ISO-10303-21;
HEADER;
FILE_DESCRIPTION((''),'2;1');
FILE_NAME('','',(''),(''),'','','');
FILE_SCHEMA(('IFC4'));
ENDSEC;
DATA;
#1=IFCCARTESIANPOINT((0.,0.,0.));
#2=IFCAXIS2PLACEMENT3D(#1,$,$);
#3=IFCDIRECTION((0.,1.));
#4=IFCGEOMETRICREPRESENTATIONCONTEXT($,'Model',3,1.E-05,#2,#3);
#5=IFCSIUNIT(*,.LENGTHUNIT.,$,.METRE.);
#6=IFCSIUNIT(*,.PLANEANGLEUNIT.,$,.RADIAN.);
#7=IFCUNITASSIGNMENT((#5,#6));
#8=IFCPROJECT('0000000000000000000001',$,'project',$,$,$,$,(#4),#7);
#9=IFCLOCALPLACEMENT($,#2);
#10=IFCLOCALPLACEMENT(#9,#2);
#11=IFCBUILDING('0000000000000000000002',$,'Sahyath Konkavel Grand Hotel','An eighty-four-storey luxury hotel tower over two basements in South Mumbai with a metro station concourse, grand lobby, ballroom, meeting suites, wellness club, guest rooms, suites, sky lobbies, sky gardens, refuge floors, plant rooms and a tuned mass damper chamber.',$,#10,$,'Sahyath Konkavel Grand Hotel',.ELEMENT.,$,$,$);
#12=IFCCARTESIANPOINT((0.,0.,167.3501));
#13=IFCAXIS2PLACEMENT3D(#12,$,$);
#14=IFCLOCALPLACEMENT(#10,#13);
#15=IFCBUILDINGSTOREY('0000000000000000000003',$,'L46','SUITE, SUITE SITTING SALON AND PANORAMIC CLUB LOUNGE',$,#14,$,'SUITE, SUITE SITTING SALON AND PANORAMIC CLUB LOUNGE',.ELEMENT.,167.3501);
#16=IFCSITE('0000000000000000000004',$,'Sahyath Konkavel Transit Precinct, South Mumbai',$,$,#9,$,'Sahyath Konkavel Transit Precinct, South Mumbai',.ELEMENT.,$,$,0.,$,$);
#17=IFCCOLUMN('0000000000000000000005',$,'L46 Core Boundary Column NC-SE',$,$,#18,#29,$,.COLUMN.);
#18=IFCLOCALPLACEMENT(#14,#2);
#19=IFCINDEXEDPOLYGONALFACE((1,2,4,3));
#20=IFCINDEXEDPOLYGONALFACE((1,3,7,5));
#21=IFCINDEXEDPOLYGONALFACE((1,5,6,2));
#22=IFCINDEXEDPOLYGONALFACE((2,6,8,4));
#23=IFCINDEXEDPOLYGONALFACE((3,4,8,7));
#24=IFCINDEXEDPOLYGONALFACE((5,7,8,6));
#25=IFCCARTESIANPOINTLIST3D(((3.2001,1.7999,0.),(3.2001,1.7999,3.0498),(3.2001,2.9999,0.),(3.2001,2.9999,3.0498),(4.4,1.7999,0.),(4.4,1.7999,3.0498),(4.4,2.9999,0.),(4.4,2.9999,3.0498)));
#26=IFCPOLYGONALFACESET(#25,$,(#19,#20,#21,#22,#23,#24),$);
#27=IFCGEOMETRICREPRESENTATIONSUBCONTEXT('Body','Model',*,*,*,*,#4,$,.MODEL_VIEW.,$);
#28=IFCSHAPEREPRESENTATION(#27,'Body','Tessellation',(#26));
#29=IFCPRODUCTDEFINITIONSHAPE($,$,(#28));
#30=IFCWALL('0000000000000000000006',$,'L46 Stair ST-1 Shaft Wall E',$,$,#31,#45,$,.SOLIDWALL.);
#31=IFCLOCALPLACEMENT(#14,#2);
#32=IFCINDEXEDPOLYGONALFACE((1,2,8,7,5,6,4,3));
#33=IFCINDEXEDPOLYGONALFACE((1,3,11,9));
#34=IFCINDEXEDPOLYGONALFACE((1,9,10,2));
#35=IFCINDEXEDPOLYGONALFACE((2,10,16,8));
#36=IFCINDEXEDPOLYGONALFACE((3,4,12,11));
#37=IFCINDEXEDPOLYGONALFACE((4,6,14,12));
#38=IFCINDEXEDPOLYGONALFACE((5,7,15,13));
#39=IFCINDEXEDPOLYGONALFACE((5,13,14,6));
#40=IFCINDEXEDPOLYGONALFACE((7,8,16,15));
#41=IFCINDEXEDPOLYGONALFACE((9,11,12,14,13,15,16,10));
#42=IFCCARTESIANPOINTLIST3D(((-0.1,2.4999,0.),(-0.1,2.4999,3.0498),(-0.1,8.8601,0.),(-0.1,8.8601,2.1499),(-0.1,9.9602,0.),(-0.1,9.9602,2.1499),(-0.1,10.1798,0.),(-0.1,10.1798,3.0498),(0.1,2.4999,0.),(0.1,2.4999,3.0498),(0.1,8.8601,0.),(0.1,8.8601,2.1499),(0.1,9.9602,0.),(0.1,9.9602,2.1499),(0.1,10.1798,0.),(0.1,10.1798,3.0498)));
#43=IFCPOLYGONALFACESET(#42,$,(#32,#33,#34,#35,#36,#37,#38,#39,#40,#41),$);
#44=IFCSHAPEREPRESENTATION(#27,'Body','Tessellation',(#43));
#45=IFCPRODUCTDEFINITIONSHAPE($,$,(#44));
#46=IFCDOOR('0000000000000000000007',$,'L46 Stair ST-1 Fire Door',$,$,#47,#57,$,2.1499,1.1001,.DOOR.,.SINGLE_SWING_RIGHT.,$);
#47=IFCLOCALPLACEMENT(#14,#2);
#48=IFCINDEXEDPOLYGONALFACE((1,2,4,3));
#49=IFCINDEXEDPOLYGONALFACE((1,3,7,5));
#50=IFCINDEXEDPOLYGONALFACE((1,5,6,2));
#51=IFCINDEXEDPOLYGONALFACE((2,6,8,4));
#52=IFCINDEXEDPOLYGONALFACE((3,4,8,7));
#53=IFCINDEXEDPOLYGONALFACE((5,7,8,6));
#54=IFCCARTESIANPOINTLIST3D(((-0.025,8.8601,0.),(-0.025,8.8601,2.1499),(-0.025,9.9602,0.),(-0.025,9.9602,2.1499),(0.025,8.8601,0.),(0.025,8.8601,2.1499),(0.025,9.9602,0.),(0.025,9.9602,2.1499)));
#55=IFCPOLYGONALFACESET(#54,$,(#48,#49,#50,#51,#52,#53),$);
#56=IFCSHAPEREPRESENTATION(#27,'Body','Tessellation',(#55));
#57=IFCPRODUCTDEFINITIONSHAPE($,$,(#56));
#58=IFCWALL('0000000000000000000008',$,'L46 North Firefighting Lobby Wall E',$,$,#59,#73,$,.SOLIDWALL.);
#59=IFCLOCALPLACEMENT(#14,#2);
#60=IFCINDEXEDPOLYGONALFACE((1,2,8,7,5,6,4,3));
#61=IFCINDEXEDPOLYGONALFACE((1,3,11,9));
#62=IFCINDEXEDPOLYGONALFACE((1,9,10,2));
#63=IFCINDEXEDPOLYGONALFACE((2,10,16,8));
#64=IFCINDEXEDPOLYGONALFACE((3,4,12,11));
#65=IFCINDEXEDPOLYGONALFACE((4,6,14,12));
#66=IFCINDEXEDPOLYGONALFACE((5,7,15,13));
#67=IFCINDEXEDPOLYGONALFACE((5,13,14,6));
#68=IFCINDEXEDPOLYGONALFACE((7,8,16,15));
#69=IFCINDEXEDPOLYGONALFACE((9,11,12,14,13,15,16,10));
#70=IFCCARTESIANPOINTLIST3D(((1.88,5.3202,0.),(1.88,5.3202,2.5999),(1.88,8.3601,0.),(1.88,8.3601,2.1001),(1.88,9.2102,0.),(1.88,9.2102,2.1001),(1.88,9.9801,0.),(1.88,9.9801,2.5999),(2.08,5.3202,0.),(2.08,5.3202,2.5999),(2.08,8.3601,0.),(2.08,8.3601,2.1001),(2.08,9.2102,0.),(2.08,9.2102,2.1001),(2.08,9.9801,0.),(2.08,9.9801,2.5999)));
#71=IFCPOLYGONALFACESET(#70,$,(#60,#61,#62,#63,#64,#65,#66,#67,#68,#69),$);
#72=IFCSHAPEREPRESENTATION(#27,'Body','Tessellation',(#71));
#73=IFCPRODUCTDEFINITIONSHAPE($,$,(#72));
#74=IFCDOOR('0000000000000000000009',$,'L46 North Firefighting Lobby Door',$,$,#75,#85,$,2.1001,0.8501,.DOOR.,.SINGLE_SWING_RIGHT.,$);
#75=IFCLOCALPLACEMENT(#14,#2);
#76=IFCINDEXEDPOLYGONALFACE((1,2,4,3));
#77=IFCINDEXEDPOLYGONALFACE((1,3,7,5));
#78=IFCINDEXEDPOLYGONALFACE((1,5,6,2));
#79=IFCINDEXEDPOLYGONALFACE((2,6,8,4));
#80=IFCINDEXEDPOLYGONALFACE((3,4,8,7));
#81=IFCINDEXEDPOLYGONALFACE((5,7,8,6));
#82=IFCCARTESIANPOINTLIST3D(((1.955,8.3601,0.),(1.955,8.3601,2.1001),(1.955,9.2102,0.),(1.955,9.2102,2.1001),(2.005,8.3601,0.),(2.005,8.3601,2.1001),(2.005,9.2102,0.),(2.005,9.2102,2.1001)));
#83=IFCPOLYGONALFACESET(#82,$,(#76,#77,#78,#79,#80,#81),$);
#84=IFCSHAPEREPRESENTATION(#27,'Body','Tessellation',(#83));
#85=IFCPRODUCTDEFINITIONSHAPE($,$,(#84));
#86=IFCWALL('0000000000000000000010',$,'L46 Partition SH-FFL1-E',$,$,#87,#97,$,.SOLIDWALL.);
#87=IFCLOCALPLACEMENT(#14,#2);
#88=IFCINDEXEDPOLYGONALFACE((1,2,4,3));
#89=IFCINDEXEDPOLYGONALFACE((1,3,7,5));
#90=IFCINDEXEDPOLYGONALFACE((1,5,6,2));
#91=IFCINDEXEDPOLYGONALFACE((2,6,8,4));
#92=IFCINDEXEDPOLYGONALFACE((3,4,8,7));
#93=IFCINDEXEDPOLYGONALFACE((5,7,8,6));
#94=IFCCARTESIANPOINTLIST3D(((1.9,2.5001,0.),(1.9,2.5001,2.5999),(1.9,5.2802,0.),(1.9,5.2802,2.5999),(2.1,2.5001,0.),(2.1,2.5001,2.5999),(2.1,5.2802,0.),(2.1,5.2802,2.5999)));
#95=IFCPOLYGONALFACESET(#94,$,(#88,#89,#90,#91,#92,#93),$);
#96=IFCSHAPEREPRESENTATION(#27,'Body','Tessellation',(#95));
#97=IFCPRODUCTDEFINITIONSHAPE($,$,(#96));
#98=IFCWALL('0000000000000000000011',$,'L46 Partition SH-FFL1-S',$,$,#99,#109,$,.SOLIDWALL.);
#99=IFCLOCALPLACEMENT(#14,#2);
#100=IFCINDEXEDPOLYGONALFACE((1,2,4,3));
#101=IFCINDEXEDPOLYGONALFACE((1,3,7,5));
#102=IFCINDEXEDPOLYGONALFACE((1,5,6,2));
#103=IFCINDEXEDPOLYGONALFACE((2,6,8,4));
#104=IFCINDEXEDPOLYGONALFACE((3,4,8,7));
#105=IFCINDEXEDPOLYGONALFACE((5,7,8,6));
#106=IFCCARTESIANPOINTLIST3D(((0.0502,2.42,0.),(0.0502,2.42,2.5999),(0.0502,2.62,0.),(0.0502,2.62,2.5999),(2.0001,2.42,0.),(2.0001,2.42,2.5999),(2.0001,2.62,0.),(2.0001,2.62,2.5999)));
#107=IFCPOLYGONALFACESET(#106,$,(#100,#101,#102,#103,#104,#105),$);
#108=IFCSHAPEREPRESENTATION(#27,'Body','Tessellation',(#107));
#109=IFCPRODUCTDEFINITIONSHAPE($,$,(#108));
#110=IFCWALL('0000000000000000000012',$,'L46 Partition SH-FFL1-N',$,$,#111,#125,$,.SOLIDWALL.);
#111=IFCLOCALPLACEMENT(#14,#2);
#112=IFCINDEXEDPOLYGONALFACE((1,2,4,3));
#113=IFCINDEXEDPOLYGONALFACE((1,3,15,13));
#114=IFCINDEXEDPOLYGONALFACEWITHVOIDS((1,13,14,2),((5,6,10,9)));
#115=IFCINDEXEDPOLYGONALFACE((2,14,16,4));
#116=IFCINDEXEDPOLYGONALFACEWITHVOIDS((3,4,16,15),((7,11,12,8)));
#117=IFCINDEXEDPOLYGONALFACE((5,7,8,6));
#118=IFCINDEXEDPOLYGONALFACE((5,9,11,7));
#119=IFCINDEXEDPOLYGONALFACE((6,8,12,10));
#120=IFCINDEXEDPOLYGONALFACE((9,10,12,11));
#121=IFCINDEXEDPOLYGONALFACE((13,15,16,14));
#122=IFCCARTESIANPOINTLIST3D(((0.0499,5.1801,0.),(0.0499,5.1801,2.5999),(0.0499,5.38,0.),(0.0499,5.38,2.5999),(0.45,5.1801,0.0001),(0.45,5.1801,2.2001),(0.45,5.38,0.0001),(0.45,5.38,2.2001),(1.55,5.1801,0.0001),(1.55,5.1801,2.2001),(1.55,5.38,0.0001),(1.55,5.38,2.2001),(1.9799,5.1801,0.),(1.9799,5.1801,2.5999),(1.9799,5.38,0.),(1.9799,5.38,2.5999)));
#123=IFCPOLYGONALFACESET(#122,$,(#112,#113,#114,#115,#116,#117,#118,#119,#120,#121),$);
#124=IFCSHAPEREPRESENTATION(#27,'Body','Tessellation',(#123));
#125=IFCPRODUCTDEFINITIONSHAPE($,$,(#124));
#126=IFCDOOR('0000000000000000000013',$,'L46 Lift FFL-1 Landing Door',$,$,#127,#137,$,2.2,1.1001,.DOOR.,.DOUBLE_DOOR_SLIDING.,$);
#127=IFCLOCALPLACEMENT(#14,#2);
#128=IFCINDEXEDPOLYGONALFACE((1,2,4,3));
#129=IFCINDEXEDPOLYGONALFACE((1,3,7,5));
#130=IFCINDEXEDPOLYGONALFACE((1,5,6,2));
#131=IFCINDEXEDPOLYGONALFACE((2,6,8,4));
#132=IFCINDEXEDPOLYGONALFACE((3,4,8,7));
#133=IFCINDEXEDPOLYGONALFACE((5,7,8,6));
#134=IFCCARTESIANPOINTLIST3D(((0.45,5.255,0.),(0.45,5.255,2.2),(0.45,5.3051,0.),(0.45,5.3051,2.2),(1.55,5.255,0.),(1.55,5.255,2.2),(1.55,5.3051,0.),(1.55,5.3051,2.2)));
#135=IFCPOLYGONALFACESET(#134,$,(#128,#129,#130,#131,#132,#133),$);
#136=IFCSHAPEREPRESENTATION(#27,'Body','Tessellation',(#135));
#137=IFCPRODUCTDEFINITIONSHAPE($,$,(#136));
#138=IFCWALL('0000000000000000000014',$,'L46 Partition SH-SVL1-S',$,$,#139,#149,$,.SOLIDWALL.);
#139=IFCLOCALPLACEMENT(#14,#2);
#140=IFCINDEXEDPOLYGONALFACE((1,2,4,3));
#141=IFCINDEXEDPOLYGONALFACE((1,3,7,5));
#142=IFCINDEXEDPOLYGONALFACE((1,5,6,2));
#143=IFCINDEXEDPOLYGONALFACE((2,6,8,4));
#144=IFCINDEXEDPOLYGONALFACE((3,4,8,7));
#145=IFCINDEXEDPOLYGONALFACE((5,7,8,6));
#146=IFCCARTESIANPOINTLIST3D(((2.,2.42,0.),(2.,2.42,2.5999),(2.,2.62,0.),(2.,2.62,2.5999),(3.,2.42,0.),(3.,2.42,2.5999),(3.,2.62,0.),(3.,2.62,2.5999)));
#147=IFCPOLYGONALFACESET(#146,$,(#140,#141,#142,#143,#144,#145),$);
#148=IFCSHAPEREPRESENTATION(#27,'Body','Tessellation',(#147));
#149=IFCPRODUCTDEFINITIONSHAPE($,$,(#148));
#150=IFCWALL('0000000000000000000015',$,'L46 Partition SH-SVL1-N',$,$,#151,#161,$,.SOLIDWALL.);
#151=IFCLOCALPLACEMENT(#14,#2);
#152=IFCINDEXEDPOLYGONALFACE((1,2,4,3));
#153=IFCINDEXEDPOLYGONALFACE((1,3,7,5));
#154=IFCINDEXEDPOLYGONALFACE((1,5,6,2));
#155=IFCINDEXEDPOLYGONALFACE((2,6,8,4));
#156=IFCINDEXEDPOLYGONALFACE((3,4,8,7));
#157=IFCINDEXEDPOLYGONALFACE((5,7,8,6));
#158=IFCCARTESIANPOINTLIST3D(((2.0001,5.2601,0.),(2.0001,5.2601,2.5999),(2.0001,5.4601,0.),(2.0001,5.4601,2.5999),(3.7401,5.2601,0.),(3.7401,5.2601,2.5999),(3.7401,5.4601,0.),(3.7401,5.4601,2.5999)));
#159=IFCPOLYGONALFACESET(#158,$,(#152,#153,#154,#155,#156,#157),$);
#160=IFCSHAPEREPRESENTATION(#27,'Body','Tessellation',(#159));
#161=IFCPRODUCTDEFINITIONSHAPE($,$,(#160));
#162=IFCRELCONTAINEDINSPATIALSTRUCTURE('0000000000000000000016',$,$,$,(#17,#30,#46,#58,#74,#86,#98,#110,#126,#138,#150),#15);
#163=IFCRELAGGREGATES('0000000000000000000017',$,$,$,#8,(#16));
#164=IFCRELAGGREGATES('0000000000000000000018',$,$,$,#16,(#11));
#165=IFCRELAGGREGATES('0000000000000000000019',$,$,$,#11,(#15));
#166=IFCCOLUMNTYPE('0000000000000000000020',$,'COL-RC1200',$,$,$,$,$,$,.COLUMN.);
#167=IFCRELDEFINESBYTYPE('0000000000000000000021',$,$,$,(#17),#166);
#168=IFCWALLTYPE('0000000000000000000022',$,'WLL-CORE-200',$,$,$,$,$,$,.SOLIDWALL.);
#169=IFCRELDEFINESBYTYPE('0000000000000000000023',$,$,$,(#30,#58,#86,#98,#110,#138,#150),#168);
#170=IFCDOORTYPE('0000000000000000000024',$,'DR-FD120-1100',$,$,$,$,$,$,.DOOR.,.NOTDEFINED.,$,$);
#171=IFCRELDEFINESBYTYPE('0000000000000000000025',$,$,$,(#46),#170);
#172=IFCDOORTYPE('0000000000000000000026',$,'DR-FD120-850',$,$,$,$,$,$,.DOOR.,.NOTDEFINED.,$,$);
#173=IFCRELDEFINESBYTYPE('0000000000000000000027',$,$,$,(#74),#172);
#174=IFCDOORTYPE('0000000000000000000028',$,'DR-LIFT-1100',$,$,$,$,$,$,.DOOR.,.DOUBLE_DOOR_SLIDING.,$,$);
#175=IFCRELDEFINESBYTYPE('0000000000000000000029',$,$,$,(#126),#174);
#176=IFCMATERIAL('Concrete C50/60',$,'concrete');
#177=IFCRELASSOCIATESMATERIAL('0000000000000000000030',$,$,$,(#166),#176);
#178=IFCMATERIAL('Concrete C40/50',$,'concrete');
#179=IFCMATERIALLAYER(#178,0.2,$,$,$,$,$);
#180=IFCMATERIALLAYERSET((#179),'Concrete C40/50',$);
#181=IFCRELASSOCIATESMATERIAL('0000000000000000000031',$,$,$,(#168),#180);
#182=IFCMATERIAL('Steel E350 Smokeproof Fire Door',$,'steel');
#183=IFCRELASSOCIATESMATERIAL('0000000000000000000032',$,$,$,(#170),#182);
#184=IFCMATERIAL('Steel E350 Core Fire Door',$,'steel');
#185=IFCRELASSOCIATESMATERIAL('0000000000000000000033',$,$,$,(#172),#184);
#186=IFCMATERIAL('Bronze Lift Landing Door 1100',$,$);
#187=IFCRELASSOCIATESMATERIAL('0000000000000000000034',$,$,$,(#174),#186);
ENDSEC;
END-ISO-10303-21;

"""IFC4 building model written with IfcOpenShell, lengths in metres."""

from ifc_helpers import new_model, si_unit, direction, frame, frame_2d, origin, origin_2d, place, context, subcontext, project, spatial, rectangle, extrude, source, transform, mapped, material, layer, layer_set, material_profile, profile_set, type_object, element, fill, save


model = new_model("IFC4")

# Units and contexts
model_context = context("Model", 3, precision=1e-05, world=origin(), true_north=direction((0.0, 1.0)))
body_context = subcontext(model_context, "Body", "Model", "MODEL_VIEW")
ifc_project = project(units=[si_unit("LENGTHUNIT", "METRE"), si_unit("PLANEANGLEUNIT", "RADIAN")], contexts=[model_context])

# Site, building, storey
site_placement = place(None, origin())
site = spatial("IfcSite", under=ifc_project, at=site_placement, Name="Sahyath Konkavel Transit Precinct, South Mumbai", LongName="Sahyath Konkavel Transit Precinct, South Mumbai", CompositionType="ELEMENT", RefElevation=0.0)
building_placement = place(site_placement, origin())
building = spatial("IfcBuilding", under=site, at=building_placement, Name="Sahyath Konkavel Grand Hotel", Description="An eighty-four-storey luxury hotel tower over two basements in South Mumbai with a metro station concourse, grand lobby, ballroom, meeting suites, wellness club, guest rooms, suites, sky lobbies, sky gardens, refuge floors, plant rooms and a tuned mass damper chamber.", LongName="Sahyath Konkavel Grand Hotel", CompositionType="ELEMENT")
storey_placement = place(building_placement, frame((0.0, 0.0, 167.3501)))
storey = spatial("IfcBuildingStorey", under=building, at=storey_placement, Name="L46", Description="SUITE, SUITE SITTING SALON AND PANORAMIC CLUB LOUNGE", LongName="SUITE, SUITE SITTING SALON AND PANORAMIC CLUB LOUNGE", CompositionType="ELEMENT", Elevation=167.3501)

# Column
ifc_material_1 = material(Name="Concrete C50/60", Category="concrete")
ifc_material_profile = material_profile(ifc_material_1, rectangle(XDim=1.2, YDim=1.2, at=origin_2d()), Name="RC 1200x1200")
ifc_profile_set = profile_set([ifc_material_profile], Name="Concrete C50/60")
column_type = type_object("IfcColumnType", Name="COL-RC1200", PredefinedType="COLUMN", material=ifc_profile_set)
shared_shape_1 = source(origin(), body_context, "Body", "SweptSolid", [
    extrude(rectangle(XDim=1.2, YDim=1.2, at=origin_2d()), origin(), (0.0, 0.0, 1.0), 3.0498),
])
column_placement = place(storey_placement, frame((3.8, 2.3999, 0.0), z_axis=(0.0, 0.0, 1.0), x_axis=(1.0, 0.0, 0.0)))
element("IfcColumn", 1, at=column_placement, inside=storey, type_object=column_type, Name="L46 Core Boundary Column NC-SE", PredefinedType="COLUMN", context=body_context, shape_type="MappedRepresentation", body=[
    mapped(shared_shape_1, transform((0.0, 0.0, 0.0), scale=1.0)),
])

# Walls, openings, doors
ifc_material_2 = material(Name="Concrete C40/50", Category="concrete")
ifc_layer_1 = layer(ifc_material_2, 0.2)
ifc_layer_set_1 = layer_set([ifc_layer_1], Name="Concrete C40/50")
wall_type_1 = type_object("IfcWallType", Name="WLL-CORE-200", PredefinedType="SOLIDWALL", material=ifc_layer_set_1)
wall_1_placement = place(storey_placement, frame((0.0, 2.5, 0.0), z_axis=(0.0, 0.0, 1.0), x_axis=(0.0, 1.0, 0.0)))
wall_1 = element("IfcWall", 2, at=wall_1_placement, inside=storey, type_object=wall_type_1, Name="L46 Stair ST-1 Shaft Wall E", PredefinedType="SOLIDWALL", context=body_context, shape_type="SweptSolid", body=[
    extrude(rectangle(XDim=7.6799, YDim=0.2, at=frame_2d((3.8398, 0.0))), origin(), (0.0, 0.0, 1.0), 3.0498),
])
opening_1_placement = place(wall_1_placement, frame((6.3601, 0.0, 0.0)))
opening_1 = element("IfcOpeningElement", 3, at=opening_1_placement, cuts=wall_1, PredefinedType="OPENING", context=body_context, shape_type="SweptSolid", body=[
    extrude(rectangle(XDim=1.1001, YDim=2.1499, at=frame_2d((0.55, 1.075))), frame((0.0, 0.1099, 0.0), z_axis=(0.0, -1.0, 0.0), x_axis=(1.0, 0.0, 0.0)), (0.0, 0.0, 1.0), 0.22),
])
ifc_material_3 = material(Name="Steel E350 Smokeproof Fire Door", Category="steel")
door_type_1 = type_object("IfcDoorType", Name="DR-FD120-1100", OperationType="NOTDEFINED", PredefinedType="DOOR", material=ifc_material_3)
shared_shape_2 = source(origin(), body_context, "Body", "SweptSolid", [
    extrude(rectangle(XDim=1.1001, YDim=0.05, at=origin_2d()), origin(), (0.0, 0.0, 1.0), 2.1499),
])
door_1_placement = place(opening_1_placement, frame((0.55, 0.0, 0.0)))
door_1 = element("IfcDoor", 4, at=door_1_placement, inside=storey, type_object=door_type_1, Name="L46 Stair ST-1 Fire Door", OperationType="SINGLE_SWING_RIGHT", OverallHeight=2.1499, OverallWidth=1.1001, PredefinedType="DOOR", context=body_context, shape_type="MappedRepresentation", body=[
    mapped(shared_shape_2, transform((0.0, 0.0, 0.0), scale=1.0)),
])
fill(opening_1, door_1)
wall_2_placement = place(storey_placement, frame((1.98, 5.3201, 0.0), z_axis=(0.0, 0.0, 1.0), x_axis=(0.0, 1.0, 0.0)))
wall_2 = element("IfcWall", 5, at=wall_2_placement, inside=storey, type_object=wall_type_1, Name="L46 North Firefighting Lobby Wall E", PredefinedType="SOLIDWALL", context=body_context, shape_type="SweptSolid", body=[
    extrude(rectangle(XDim=4.6599, YDim=0.2, at=frame_2d((2.3301, 0.0))), origin(), (0.0, 0.0, 1.0), 2.5999),
])
opening_2_placement = place(wall_2_placement, frame((3.04, 0.0, 0.0)))
opening_2 = element("IfcOpeningElement", 6, at=opening_2_placement, cuts=wall_2, PredefinedType="OPENING", context=body_context, shape_type="SweptSolid", body=[
    extrude(rectangle(XDim=0.8501, YDim=2.1001, at=frame_2d((0.425, 1.05))), frame((0.0, 0.1099, 0.0), z_axis=(0.0, -1.0, 0.0), x_axis=(1.0, 0.0, 0.0)), (0.0, 0.0, 1.0), 0.22),
])
ifc_material_4 = material(Name="Steel E350 Core Fire Door", Category="steel")
door_type_2 = type_object("IfcDoorType", Name="DR-FD120-850", OperationType="NOTDEFINED", PredefinedType="DOOR", material=ifc_material_4)
shared_shape_3 = source(origin(), body_context, "Body", "SweptSolid", [
    extrude(rectangle(XDim=0.8501, YDim=0.05, at=origin_2d()), origin(), (0.0, 0.0, 1.0), 2.1001),
])
door_2_placement = place(opening_2_placement, frame((0.425, 0.0, 0.0)))
door_2 = element("IfcDoor", 7, at=door_2_placement, inside=storey, type_object=door_type_2, Name="L46 North Firefighting Lobby Door", OperationType="SINGLE_SWING_RIGHT", OverallHeight=2.1001, OverallWidth=0.8501, PredefinedType="DOOR", context=body_context, shape_type="MappedRepresentation", body=[
    mapped(shared_shape_3, transform((0.0, 0.0, 0.0), scale=1.0)),
])
fill(opening_2, door_2)

# Walls
wall_3_placement = place(storey_placement, frame((2.0, 2.5, 0.0), z_axis=(0.0, 0.0, 1.0), x_axis=(0.0, 1.0, 0.0)))
element("IfcWall", 8, at=wall_3_placement, inside=storey, type_object=wall_type_1, Name="L46 Partition SH-FFL1-E", PredefinedType="SOLIDWALL", context=body_context, shape_type="SweptSolid", body=[
    extrude(rectangle(XDim=2.78, YDim=0.2, at=frame_2d((1.3901, 0.0))), origin(), (0.0, 0.0, 1.0), 2.5999),
])
wall_4_placement = place(storey_placement, frame((0.05, 2.52, 0.0), z_axis=(0.0, 0.0, 1.0), x_axis=(1.0, 0.0, 0.0)))
element("IfcWall", 9, at=wall_4_placement, inside=storey, type_object=wall_type_1, Name="L46 Partition SH-FFL1-S", PredefinedType="SOLIDWALL", context=body_context, shape_type="SweptSolid", body=[
    extrude(rectangle(XDim=1.95, YDim=0.2, at=frame_2d((0.9751, 0.0))), origin(), (0.0, 0.0, 1.0), 2.5999),
])

# Wall, opening, door
wall_5_placement = place(storey_placement, frame((0.05, 5.28, 0.0), z_axis=(0.0, 0.0, 1.0), x_axis=(1.0, 0.0, 0.0)))
wall_5 = element("IfcWall", 10, at=wall_5_placement, inside=storey, type_object=wall_type_1, Name="L46 Partition SH-FFL1-N", PredefinedType="SOLIDWALL", context=body_context, shape_type="SweptSolid", body=[
    extrude(rectangle(XDim=1.9299, YDim=0.2, at=frame_2d((0.9648, 0.0))), origin(), (0.0, 0.0, 1.0), 2.5999),
])
opening_3_placement = place(wall_5_placement, frame((0.3999, 0.0, 0.0)))
opening_3 = element("IfcOpeningElement", 11, at=opening_3_placement, cuts=wall_5, PredefinedType="OPENING", context=body_context, shape_type="SweptSolid", body=[
    extrude(rectangle(XDim=1.1001, YDim=2.2, at=frame_2d((0.55, 1.1001))), frame((0.0, 0.1099, 0.0), z_axis=(0.0, -1.0, 0.0), x_axis=(1.0, 0.0, 0.0)), (0.0, 0.0, 1.0), 0.22),
])
ifc_material_5 = material(Name="Bronze Lift Landing Door 1100")
door_type_3 = type_object("IfcDoorType", Name="DR-LIFT-1100", OperationType="DOUBLE_DOOR_SLIDING", PredefinedType="DOOR", material=ifc_material_5)
shared_shape_4 = source(origin(), body_context, "Body", "SweptSolid", [
    extrude(rectangle(XDim=1.1001, YDim=0.05, at=origin_2d()), origin(), (0.0, 0.0, 1.0), 2.2),
])
door_3_placement = place(opening_3_placement, frame((0.55, 0.0, 0.0)))
door_3 = element("IfcDoor", 12, at=door_3_placement, inside=storey, type_object=door_type_3, Name="L46 Lift FFL-1 Landing Door", OperationType="DOUBLE_DOOR_SLIDING", OverallHeight=2.2, OverallWidth=1.1001, PredefinedType="DOOR", context=body_context, shape_type="MappedRepresentation", body=[
    mapped(shared_shape_4, transform((0.0, 0.0, 0.0), scale=1.0)),
])
fill(opening_3, door_3)

# Walls
wall_6_placement = place(storey_placement, frame((2.0, 2.52, 0.0), z_axis=(0.0, 0.0, 1.0), x_axis=(1.0, 0.0, 0.0)))
element("IfcWall", 13, at=wall_6_placement, inside=storey, type_object=wall_type_1, Name="L46 Partition SH-SVL1-S", PredefinedType="SOLIDWALL", context=body_context, shape_type="SweptSolid", body=[
    extrude(rectangle(XDim=1.0, YDim=0.2, at=frame_2d((0.5, 0.0))), origin(), (0.0, 0.0, 1.0), 2.5999),
])
wall_7_placement = place(storey_placement, frame((2.0, 5.3601, 0.0), z_axis=(0.0, 0.0, 1.0), x_axis=(1.0, 0.0, 0.0)))
element("IfcWall", 14, at=wall_7_placement, inside=storey, type_object=wall_type_1, Name="L46 Partition SH-SVL1-N", PredefinedType="SOLIDWALL", context=body_context, shape_type="SweptSolid", body=[
    extrude(rectangle(XDim=1.74, YDim=0.2, at=frame_2d((0.8701, 0.0))), origin(), (0.0, 0.0, 1.0), 2.5999),
])

save(model, "model.ifc")
